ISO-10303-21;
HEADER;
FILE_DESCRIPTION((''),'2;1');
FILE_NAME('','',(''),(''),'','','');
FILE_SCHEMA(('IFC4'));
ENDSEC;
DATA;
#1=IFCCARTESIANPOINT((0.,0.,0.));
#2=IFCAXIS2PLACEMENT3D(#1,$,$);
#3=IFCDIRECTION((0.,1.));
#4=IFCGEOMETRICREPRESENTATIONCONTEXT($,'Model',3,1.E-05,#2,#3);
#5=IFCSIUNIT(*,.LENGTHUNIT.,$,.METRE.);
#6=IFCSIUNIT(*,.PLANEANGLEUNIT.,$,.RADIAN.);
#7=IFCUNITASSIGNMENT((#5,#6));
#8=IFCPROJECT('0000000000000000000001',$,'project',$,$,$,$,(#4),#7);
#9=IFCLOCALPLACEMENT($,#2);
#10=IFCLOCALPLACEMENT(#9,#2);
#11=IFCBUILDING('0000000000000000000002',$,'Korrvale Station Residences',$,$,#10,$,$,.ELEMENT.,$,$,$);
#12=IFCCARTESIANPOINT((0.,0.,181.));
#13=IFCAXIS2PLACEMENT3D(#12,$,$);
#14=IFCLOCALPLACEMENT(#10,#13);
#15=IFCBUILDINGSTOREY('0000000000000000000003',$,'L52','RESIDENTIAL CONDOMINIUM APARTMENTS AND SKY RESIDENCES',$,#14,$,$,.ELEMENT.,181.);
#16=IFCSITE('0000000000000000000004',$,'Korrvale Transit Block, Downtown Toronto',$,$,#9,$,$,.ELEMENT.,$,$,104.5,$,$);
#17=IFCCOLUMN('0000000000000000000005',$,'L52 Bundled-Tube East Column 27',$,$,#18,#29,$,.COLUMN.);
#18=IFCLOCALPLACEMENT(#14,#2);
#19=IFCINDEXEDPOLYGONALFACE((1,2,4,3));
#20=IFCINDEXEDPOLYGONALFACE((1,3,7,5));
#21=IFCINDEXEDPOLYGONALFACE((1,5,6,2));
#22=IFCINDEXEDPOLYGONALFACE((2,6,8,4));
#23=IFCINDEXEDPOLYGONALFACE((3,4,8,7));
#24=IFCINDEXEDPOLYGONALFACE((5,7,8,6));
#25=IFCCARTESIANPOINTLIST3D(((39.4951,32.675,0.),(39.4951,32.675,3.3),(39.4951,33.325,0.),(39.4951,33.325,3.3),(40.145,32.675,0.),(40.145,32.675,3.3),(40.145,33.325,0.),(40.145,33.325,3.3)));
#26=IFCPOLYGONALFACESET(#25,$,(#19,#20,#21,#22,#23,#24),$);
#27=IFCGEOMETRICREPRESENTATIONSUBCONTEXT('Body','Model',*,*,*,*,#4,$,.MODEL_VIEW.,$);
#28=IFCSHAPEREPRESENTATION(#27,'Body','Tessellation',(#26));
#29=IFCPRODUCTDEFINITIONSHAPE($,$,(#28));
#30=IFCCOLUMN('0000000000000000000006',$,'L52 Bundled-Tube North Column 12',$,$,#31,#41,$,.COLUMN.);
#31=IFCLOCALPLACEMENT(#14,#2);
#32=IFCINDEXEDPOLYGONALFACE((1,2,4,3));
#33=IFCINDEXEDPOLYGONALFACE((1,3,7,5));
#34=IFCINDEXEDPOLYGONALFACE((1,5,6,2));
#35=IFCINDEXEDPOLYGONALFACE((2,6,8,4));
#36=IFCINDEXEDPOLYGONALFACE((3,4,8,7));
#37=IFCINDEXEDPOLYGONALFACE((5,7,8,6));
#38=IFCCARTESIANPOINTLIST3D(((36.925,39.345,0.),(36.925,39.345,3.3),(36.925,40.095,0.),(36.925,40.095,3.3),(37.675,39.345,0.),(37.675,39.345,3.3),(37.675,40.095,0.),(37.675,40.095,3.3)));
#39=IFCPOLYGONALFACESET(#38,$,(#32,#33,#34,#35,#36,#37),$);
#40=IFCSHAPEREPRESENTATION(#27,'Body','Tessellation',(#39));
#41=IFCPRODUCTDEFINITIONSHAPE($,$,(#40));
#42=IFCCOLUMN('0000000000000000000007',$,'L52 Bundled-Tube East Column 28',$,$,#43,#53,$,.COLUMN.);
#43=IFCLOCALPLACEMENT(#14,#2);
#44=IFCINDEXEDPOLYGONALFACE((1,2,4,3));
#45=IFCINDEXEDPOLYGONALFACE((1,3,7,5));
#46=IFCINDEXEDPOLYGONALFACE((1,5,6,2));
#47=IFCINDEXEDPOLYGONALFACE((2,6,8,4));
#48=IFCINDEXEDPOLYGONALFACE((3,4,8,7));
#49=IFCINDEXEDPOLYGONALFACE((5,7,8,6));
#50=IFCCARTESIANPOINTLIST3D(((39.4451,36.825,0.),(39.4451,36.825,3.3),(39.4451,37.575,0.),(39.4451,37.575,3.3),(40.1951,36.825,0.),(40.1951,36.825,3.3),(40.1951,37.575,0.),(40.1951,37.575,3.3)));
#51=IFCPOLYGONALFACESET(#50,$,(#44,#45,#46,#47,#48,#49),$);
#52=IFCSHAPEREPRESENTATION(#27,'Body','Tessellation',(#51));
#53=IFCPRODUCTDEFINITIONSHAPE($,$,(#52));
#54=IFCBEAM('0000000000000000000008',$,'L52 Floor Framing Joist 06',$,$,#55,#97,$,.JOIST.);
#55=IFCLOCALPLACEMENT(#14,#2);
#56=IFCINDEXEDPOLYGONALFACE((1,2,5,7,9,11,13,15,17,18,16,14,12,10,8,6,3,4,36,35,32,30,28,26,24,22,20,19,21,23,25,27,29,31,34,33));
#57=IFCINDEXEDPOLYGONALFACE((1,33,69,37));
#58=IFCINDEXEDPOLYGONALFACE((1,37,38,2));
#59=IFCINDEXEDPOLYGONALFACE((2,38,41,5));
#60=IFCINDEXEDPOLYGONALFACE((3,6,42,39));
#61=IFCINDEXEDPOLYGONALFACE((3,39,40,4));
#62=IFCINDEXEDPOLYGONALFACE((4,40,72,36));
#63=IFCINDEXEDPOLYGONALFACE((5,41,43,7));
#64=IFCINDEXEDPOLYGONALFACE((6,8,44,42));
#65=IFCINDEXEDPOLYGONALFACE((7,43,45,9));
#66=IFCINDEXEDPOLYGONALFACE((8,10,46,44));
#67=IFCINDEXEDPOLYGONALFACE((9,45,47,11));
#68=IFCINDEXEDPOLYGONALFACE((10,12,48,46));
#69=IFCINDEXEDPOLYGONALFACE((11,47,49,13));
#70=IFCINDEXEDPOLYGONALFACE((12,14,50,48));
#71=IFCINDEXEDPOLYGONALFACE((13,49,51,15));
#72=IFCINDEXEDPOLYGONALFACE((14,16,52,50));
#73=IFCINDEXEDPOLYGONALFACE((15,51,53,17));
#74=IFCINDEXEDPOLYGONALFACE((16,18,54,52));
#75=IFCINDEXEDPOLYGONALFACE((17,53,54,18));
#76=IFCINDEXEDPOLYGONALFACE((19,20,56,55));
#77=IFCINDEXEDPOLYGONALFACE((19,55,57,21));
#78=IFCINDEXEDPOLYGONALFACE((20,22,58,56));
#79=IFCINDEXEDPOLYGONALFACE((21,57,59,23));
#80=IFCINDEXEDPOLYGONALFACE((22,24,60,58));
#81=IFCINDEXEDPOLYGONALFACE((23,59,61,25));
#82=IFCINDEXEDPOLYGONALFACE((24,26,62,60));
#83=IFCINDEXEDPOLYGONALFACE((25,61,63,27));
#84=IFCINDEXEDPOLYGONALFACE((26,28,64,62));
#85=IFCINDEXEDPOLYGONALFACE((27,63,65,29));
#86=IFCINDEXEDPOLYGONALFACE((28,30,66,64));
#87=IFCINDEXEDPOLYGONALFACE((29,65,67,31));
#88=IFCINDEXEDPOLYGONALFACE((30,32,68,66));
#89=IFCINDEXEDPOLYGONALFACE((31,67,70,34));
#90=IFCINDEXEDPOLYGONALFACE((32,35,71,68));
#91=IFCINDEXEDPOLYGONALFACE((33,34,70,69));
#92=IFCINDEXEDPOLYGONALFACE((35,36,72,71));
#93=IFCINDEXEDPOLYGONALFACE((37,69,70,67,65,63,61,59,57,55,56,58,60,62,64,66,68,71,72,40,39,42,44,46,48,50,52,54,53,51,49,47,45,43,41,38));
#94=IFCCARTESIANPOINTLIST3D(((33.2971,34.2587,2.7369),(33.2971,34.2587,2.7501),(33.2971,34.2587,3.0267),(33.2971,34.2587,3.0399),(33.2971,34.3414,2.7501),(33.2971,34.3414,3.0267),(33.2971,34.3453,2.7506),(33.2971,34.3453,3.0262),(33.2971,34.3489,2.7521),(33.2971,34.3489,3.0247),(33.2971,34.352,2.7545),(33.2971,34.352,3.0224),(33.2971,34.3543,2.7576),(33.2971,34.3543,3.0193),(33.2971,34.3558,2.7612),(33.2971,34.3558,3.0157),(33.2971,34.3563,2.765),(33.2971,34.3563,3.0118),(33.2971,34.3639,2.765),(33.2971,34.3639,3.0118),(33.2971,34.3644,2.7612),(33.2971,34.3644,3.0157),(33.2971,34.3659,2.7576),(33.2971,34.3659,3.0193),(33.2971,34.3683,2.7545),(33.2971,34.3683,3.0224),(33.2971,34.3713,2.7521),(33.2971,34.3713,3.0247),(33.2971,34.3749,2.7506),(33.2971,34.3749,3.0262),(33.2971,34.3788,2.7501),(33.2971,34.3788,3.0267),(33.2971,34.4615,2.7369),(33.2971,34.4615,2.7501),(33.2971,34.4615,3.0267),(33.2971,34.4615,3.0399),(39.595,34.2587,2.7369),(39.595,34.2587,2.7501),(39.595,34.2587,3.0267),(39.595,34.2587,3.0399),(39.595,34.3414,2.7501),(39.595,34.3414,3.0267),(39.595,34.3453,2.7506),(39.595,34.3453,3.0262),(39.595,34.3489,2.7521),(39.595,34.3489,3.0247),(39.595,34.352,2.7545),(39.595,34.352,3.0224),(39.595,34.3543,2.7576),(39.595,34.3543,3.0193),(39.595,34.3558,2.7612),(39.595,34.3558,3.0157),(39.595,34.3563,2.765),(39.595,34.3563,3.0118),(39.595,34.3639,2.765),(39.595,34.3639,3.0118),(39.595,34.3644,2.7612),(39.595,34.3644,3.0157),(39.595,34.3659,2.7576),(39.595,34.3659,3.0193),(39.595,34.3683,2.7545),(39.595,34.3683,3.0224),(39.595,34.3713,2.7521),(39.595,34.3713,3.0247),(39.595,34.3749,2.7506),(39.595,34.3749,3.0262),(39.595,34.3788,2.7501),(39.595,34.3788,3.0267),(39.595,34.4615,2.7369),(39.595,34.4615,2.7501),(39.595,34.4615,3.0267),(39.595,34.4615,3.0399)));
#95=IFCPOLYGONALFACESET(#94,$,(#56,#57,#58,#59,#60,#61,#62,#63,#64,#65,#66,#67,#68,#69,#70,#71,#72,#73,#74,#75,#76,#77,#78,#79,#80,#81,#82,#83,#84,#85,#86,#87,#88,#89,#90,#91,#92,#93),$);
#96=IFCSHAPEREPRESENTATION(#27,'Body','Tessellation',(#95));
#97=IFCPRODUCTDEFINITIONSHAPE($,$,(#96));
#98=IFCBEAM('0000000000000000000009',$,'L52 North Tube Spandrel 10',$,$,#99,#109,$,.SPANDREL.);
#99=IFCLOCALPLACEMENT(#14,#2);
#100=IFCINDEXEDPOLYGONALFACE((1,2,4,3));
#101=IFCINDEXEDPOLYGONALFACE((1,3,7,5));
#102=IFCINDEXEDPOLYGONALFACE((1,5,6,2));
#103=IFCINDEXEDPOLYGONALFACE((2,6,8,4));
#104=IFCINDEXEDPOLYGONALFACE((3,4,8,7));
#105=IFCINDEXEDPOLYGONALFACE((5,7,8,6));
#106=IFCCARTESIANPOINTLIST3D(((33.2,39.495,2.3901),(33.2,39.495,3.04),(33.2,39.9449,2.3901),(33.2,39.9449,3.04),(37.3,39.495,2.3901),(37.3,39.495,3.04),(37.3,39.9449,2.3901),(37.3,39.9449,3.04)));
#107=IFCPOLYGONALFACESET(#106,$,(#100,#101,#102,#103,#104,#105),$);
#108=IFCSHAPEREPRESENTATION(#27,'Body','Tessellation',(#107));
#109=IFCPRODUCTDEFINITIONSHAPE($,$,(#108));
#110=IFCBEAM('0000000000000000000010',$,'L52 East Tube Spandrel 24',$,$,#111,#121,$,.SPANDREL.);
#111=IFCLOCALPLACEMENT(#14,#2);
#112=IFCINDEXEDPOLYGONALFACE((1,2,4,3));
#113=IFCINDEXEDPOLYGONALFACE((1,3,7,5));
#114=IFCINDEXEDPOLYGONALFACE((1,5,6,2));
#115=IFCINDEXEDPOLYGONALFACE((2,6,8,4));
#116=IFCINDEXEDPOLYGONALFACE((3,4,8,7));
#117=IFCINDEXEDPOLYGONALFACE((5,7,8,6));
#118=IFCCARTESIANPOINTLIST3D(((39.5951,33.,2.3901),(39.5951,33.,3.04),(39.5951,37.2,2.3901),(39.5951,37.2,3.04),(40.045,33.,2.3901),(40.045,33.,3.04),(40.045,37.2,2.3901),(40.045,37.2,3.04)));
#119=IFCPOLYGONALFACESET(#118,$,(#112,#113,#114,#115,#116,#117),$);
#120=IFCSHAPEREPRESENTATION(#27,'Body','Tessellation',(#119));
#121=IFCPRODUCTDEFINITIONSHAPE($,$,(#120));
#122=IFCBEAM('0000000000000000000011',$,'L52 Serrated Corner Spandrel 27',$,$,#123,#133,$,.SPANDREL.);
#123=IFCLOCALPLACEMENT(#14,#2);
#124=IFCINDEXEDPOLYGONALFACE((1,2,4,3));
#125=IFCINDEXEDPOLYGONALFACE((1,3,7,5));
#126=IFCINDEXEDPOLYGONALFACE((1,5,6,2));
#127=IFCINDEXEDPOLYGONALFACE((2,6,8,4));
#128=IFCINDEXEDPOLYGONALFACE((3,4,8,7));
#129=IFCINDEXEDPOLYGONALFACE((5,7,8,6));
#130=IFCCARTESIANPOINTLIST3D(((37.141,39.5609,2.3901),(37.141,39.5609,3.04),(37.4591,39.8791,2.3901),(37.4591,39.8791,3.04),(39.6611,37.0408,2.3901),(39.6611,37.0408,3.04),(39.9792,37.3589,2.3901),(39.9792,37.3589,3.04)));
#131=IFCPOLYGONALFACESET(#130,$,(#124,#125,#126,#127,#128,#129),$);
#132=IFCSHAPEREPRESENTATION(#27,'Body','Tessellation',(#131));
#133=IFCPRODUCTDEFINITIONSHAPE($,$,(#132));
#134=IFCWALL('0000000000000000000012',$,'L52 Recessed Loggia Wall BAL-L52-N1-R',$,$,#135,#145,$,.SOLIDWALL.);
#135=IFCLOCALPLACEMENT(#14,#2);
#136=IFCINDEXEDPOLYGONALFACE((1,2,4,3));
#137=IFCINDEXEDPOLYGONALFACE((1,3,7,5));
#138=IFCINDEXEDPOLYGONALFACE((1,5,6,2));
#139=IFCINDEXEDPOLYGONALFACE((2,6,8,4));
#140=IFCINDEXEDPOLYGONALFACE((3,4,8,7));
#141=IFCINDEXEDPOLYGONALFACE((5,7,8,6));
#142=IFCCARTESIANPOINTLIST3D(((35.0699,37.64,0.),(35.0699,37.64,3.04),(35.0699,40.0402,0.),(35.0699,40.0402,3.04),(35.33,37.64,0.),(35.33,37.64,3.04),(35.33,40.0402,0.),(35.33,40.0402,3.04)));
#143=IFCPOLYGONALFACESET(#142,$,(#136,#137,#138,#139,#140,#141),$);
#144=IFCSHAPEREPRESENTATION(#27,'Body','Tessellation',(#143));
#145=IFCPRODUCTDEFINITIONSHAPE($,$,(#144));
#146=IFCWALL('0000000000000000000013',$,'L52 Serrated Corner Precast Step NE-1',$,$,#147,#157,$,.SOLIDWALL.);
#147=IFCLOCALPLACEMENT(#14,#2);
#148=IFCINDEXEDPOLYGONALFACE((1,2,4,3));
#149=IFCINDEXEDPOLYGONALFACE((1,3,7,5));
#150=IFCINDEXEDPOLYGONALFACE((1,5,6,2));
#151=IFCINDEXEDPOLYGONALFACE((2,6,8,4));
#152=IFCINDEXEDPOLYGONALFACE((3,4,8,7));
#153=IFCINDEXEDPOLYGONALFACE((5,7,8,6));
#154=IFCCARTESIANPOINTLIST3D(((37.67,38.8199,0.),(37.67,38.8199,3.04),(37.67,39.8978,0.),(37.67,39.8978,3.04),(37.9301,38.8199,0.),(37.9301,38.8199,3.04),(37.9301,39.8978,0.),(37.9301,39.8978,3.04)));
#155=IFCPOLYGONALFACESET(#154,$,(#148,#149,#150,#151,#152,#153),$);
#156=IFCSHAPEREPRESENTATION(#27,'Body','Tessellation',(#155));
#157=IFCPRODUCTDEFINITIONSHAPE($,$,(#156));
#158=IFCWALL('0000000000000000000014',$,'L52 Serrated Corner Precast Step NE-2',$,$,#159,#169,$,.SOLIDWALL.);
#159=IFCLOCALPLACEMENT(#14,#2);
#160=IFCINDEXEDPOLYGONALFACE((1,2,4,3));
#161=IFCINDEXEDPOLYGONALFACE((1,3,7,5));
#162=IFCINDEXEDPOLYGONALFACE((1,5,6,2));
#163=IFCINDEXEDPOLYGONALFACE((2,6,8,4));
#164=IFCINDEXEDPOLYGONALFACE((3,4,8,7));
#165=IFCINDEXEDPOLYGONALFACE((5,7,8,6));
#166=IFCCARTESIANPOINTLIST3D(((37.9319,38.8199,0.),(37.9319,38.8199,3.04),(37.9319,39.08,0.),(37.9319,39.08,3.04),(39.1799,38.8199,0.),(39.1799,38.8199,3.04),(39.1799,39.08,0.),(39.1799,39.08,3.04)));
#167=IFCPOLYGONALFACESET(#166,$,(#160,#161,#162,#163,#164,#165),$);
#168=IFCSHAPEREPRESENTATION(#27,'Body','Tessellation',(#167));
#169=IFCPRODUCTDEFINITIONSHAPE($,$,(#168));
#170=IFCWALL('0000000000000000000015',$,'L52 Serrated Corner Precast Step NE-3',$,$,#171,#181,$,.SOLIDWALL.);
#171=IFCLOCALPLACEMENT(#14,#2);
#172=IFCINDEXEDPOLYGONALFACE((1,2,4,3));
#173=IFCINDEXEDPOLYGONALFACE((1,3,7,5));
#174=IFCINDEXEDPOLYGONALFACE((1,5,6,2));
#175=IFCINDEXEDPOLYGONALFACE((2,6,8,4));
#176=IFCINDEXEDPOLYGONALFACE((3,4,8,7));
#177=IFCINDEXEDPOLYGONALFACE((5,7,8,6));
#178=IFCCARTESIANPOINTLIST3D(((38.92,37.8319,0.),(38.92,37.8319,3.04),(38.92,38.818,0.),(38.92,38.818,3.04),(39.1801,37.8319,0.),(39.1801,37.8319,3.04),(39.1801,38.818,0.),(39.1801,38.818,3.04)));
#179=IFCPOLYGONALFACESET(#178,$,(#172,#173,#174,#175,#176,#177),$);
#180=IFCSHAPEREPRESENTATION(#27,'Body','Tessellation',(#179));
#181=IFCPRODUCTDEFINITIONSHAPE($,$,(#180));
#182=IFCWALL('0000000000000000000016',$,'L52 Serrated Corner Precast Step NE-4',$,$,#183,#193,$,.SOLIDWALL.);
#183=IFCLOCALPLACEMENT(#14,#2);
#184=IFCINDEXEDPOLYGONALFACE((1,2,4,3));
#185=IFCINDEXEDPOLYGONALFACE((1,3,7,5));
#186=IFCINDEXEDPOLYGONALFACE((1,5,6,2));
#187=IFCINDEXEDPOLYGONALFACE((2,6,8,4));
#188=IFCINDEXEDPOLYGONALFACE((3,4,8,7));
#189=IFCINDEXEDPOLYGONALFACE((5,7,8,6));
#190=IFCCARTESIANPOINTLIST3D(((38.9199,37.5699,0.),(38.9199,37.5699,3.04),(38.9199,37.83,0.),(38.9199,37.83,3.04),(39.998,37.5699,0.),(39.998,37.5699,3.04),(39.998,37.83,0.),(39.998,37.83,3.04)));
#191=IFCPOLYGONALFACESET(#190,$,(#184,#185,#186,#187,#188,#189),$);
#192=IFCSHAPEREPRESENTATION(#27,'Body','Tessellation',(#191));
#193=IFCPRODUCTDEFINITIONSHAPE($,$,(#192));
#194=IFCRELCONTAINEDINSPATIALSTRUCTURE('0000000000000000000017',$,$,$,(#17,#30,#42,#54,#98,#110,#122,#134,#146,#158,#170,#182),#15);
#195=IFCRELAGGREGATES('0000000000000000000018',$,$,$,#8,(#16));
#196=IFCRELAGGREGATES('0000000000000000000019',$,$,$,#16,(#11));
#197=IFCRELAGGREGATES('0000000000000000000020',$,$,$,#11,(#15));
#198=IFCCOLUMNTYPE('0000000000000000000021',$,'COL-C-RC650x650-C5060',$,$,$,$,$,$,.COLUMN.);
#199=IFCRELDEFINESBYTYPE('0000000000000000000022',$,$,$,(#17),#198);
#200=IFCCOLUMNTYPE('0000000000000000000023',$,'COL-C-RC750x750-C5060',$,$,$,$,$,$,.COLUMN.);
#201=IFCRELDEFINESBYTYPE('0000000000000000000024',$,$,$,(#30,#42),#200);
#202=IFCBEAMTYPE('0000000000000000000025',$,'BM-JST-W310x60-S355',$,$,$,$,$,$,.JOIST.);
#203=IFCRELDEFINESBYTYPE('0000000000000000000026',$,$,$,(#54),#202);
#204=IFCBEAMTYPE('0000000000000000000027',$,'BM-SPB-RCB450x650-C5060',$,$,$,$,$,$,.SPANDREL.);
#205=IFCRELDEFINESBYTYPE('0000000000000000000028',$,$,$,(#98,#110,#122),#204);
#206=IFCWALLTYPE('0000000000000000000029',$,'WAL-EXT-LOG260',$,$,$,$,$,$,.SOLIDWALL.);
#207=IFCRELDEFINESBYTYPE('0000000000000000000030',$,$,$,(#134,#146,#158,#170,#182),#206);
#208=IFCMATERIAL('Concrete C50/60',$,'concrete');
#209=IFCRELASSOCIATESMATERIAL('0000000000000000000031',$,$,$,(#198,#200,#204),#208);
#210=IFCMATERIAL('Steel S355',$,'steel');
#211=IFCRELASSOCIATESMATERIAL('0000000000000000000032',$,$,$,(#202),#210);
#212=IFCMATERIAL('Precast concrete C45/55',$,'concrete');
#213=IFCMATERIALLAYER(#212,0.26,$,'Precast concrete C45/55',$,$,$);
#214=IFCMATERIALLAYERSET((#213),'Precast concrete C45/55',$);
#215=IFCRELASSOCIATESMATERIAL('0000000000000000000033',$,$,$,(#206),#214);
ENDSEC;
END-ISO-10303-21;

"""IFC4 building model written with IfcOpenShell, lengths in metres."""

from ifc_helpers import new_model, si_unit, direction, frame, frame_2d, origin, origin_2d, place, context, subcontext, project, spatial, rectangle, i_section, extrude, material, layer, layer_set, material_profile, profile_set, type_object, element, save


model = new_model("IFC4")

# Units and contexts
model_context = context("Model", 3, precision=1e-05, world=origin(), true_north=direction((0.0, 1.0)))
body_context = subcontext(model_context, "Body", "Model", "MODEL_VIEW")
ifc_project = project(units=[si_unit("LENGTHUNIT", "METRE"), si_unit("PLANEANGLEUNIT", "RADIAN")], contexts=[model_context])

# Site, building, storey
site_placement = place(None, origin())
site = spatial("IfcSite", under=ifc_project, at=site_placement, Name="Korrvale Transit Block, Downtown Toronto", CompositionType="ELEMENT", RefElevation=104.5)
building_placement = place(site_placement, origin())
building = spatial("IfcBuilding", under=site, at=building_placement, Name="Korrvale Station Residences", CompositionType="ELEMENT")
storey_placement = place(building_placement, frame((0.0, 0.0, 181.0)))
storey = spatial("IfcBuildingStorey", under=building, at=storey_placement, Name="L52", Description="RESIDENTIAL CONDOMINIUM APARTMENTS AND SKY RESIDENCES", CompositionType="ELEMENT", Elevation=181.0)

# Columns
ifc_material_1 = material(Name="Concrete C50/60", Category="concrete")
ifc_material_profile_1 = material_profile(ifc_material_1, rectangle(XDim=0.6499, YDim=0.6499, at=origin_2d()), Name="RC650x650")
ifc_profile_set_1 = profile_set([ifc_material_profile_1], Name="Concrete C50/60")
column_type_1 = type_object("IfcColumnType", Name="COL-C-RC650x650-C5060", PredefinedType="COLUMN", material=ifc_profile_set_1)
column_placement = place(storey_placement, frame((39.8201, 33.0, 0.0), z_axis=(0.0, 0.0, 1.0), x_axis=(1.0, 0.0, 0.0)))
element("IfcColumn", 1, at=column_placement, inside=storey, type_object=column_type_1, Name="L52 Bundled-Tube East Column 27", PredefinedType="COLUMN", context=body_context, shape_type="SweptSolid", body=[
    extrude(rectangle(XDim=0.6499, YDim=0.6499, at=origin_2d()), origin(), (0.0, 0.0, 1.0), 3.3),
])
ifc_material_profile_2 = material_profile(ifc_material_1, rectangle(XDim=0.75, YDim=0.75, at=origin_2d()), Name="RC750x750")
ifc_profile_set_2 = profile_set([ifc_material_profile_2], Name="Concrete C50/60")
column_type_2 = type_object("IfcColumnType", Name="COL-C-RC750x750-C5060", PredefinedType="COLUMN", material=ifc_profile_set_2)
for number, where, z_axis, x_axis, name in (
    (2, (37.3, 39.72, 0.0), (0.0, 0.0, 1.0), (1.0, 0.0, 0.0), "L52 Bundled-Tube North Column 12"),
    (3, (39.8201, 37.2, 0.0), (0.0, 0.0, 1.0), (1.0, 0.0, 0.0), "L52 Bundled-Tube East Column 28"),
):
    element("IfcColumn", number, at=place(storey_placement, frame(where, z_axis=z_axis, x_axis=x_axis)), inside=storey, type_object=column_type_2, Name=name, PredefinedType="COLUMN", context=body_context, shape_type="SweptSolid", body=[
        extrude(rectangle(XDim=0.75, YDim=0.75, at=origin_2d()), origin(), (0.0, 0.0, 1.0), 3.3),
    ])

# Beams
ifc_material_2 = material(Name="Steel S355", Category="steel")
ifc_material_profile_3 = material_profile(ifc_material_2, i_section(OverallWidth=0.2029, OverallDepth=0.303, WebThickness=0.0076, FlangeThickness=0.0132, FilletRadius=0.0149, at=origin_2d()), Name="W310x60")
ifc_profile_set_3 = profile_set([ifc_material_profile_3], Name="Steel S355")
beam_type_1 = type_object("IfcBeamType", Name="BM-JST-W310x60-S355", PredefinedType="JOIST", material=ifc_profile_set_3)
beam_1_placement = place(storey_placement, frame((33.2971, 34.3601, 2.8884), z_axis=(1.0, 0.0, 0.0), x_axis=(0.0, 1.0, 0.0)))
element("IfcBeam", 4, at=beam_1_placement, inside=storey, type_object=beam_type_1, Name="L52 Floor Framing Joist 06", PredefinedType="JOIST", context=body_context, shape_type="SweptSolid", body=[
    extrude(i_section(OverallWidth=0.2029, OverallDepth=0.303, WebThickness=0.0076, FlangeThickness=0.0132, FilletRadius=0.0149, at=origin_2d()), origin(), (0.0, 0.0, 1.0), 6.2979),
])
ifc_material_profile_4 = material_profile(ifc_material_1, rectangle(XDim=0.45, YDim=0.6499, at=origin_2d()), Name="RCB450x650")
ifc_profile_set_4 = profile_set([ifc_material_profile_4], Name="Concrete C50/60")
beam_type_2 = type_object("IfcBeamType", Name="BM-SPB-RCB450x650-C5060", PredefinedType="SPANDREL", material=ifc_profile_set_4)
beam_2_placement = place(storey_placement, frame((33.2, 39.72, 2.7151), z_axis=(1.0, 0.0, 0.0), x_axis=(0.0, 1.0, 0.0)))
element("IfcBeam", 5, at=beam_2_placement, inside=storey, type_object=beam_type_2, Name="L52 North Tube Spandrel 10", PredefinedType="SPANDREL", context=body_context, shape_type="SweptSolid", body=[
    extrude(rectangle(XDim=0.45, YDim=0.6499, at=origin_2d()), origin(), (0.0, 0.0, 1.0), 4.1001),
])
beam_3_placement = place(storey_placement, frame((39.8201, 33.0, 2.7151), z_axis=(0.0, 1.0, 0.0), x_axis=(-1.0, 0.0, 0.0)))
element("IfcBeam", 6, at=beam_3_placement, inside=storey, type_object=beam_type_2, Name="L52 East Tube Spandrel 24", PredefinedType="SPANDREL", context=body_context, shape_type="SweptSolid", body=[
    extrude(rectangle(XDim=0.45, YDim=0.6499, at=origin_2d()), origin(), (0.0, 0.0, 1.0), 4.2),
])
beam_4_placement = place(storey_placement, frame((37.3, 39.72, 2.7151), z_axis=(0.707107, -0.707107, 0.0), x_axis=(0.707107, 0.707107, 0.0)))
element("IfcBeam", 7, at=beam_4_placement, inside=storey, type_object=beam_type_2, Name="L52 Serrated Corner Spandrel 27", PredefinedType="SPANDREL", context=body_context, shape_type="SweptSolid", body=[
    extrude(rectangle(XDim=0.45, YDim=0.6499, at=origin_2d()), origin(), (0.0, 0.0, 1.0), 3.564),
])

# Walls
ifc_material_3 = material(Name="Precast concrete C45/55", Category="concrete")
ifc_layer_1 = layer(ifc_material_3, 0.26, Name="Precast concrete C45/55")
ifc_layer_set_1 = layer_set([ifc_layer_1], Name="Precast concrete C45/55")
wall_type_1 = type_object("IfcWallType", Name="WAL-EXT-LOG260", PredefinedType="SOLIDWALL", material=ifc_layer_set_1)
wall_1_placement = place(storey_placement, frame((35.2, 37.6399, 0.0), z_axis=(0.0, 0.0, 1.0), x_axis=(0.0, 1.0, 0.0)))
element("IfcWall", 8, at=wall_1_placement, inside=storey, type_object=wall_type_1, Name="L52 Recessed Loggia Wall BAL-L52-N1-R", PredefinedType="SOLIDWALL", context=body_context, shape_type="SweptSolid", body=[
    extrude(rectangle(XDim=2.4001, YDim=0.26, at=frame_2d((1.2002, 0.0))), origin(), (0.0, 0.0, 1.0), 3.04),
])
wall_2_placement = place(storey_placement, frame((37.8, 39.8979, 0.0), z_axis=(0.0, 0.0, 1.0), x_axis=(0.0, -1.0, 0.0)))
element("IfcWall", 9, at=wall_2_placement, inside=storey, type_object=wall_type_1, Name="L52 Serrated Corner Precast Step NE-1", PredefinedType="SOLIDWALL", context=body_context, shape_type="SweptSolid", body=[
    extrude(rectangle(XDim=1.0779, YDim=0.26, at=frame_2d((0.5391, 0.0))), origin(), (0.0, 0.0, 1.0), 3.04),
])
wall_3_placement = place(storey_placement, frame((37.9319, 38.95, 0.0), z_axis=(0.0, 0.0, 1.0), x_axis=(1.0, 0.0, 0.0)))
element("IfcWall", 10, at=wall_3_placement, inside=storey, type_object=wall_type_1, Name="L52 Serrated Corner Precast Step NE-2", PredefinedType="SOLIDWALL", context=body_context, shape_type="SweptSolid", body=[
    extrude(rectangle(XDim=1.248, YDim=0.26, at=frame_2d((0.624, 0.0))), origin(), (0.0, 0.0, 1.0), 3.04),
])
wall_4_placement = place(storey_placement, frame((39.05, 38.8181, 0.0), z_axis=(0.0, 0.0, 1.0), x_axis=(0.0, -1.0, 0.0)))
element("IfcWall", 11, at=wall_4_placement, inside=storey, type_object=wall_type_1, Name="L52 Serrated Corner Precast Step NE-3", PredefinedType="SOLIDWALL", context=body_context, shape_type="SweptSolid", body=[
    extrude(rectangle(XDim=0.9861, YDim=0.26, at=frame_2d((0.4932, 0.0))), origin(), (0.0, 0.0, 1.0), 3.04),
])
wall_5_placement = place(storey_placement, frame((38.9199, 37.7, 0.0), z_axis=(0.0, 0.0, 1.0), x_axis=(1.0, 0.0, 0.0)))
element("IfcWall", 12, at=wall_5_placement, inside=storey, type_object=wall_type_1, Name="L52 Serrated Corner Precast Step NE-4", PredefinedType="SOLIDWALL", context=body_context, shape_type="SweptSolid", body=[
    extrude(rectangle(XDim=1.0781, YDim=0.26, at=frame_2d((0.5391, 0.0))), origin(), (0.0, 0.0, 1.0), 3.04),
])

save(model, "model.ifc")
